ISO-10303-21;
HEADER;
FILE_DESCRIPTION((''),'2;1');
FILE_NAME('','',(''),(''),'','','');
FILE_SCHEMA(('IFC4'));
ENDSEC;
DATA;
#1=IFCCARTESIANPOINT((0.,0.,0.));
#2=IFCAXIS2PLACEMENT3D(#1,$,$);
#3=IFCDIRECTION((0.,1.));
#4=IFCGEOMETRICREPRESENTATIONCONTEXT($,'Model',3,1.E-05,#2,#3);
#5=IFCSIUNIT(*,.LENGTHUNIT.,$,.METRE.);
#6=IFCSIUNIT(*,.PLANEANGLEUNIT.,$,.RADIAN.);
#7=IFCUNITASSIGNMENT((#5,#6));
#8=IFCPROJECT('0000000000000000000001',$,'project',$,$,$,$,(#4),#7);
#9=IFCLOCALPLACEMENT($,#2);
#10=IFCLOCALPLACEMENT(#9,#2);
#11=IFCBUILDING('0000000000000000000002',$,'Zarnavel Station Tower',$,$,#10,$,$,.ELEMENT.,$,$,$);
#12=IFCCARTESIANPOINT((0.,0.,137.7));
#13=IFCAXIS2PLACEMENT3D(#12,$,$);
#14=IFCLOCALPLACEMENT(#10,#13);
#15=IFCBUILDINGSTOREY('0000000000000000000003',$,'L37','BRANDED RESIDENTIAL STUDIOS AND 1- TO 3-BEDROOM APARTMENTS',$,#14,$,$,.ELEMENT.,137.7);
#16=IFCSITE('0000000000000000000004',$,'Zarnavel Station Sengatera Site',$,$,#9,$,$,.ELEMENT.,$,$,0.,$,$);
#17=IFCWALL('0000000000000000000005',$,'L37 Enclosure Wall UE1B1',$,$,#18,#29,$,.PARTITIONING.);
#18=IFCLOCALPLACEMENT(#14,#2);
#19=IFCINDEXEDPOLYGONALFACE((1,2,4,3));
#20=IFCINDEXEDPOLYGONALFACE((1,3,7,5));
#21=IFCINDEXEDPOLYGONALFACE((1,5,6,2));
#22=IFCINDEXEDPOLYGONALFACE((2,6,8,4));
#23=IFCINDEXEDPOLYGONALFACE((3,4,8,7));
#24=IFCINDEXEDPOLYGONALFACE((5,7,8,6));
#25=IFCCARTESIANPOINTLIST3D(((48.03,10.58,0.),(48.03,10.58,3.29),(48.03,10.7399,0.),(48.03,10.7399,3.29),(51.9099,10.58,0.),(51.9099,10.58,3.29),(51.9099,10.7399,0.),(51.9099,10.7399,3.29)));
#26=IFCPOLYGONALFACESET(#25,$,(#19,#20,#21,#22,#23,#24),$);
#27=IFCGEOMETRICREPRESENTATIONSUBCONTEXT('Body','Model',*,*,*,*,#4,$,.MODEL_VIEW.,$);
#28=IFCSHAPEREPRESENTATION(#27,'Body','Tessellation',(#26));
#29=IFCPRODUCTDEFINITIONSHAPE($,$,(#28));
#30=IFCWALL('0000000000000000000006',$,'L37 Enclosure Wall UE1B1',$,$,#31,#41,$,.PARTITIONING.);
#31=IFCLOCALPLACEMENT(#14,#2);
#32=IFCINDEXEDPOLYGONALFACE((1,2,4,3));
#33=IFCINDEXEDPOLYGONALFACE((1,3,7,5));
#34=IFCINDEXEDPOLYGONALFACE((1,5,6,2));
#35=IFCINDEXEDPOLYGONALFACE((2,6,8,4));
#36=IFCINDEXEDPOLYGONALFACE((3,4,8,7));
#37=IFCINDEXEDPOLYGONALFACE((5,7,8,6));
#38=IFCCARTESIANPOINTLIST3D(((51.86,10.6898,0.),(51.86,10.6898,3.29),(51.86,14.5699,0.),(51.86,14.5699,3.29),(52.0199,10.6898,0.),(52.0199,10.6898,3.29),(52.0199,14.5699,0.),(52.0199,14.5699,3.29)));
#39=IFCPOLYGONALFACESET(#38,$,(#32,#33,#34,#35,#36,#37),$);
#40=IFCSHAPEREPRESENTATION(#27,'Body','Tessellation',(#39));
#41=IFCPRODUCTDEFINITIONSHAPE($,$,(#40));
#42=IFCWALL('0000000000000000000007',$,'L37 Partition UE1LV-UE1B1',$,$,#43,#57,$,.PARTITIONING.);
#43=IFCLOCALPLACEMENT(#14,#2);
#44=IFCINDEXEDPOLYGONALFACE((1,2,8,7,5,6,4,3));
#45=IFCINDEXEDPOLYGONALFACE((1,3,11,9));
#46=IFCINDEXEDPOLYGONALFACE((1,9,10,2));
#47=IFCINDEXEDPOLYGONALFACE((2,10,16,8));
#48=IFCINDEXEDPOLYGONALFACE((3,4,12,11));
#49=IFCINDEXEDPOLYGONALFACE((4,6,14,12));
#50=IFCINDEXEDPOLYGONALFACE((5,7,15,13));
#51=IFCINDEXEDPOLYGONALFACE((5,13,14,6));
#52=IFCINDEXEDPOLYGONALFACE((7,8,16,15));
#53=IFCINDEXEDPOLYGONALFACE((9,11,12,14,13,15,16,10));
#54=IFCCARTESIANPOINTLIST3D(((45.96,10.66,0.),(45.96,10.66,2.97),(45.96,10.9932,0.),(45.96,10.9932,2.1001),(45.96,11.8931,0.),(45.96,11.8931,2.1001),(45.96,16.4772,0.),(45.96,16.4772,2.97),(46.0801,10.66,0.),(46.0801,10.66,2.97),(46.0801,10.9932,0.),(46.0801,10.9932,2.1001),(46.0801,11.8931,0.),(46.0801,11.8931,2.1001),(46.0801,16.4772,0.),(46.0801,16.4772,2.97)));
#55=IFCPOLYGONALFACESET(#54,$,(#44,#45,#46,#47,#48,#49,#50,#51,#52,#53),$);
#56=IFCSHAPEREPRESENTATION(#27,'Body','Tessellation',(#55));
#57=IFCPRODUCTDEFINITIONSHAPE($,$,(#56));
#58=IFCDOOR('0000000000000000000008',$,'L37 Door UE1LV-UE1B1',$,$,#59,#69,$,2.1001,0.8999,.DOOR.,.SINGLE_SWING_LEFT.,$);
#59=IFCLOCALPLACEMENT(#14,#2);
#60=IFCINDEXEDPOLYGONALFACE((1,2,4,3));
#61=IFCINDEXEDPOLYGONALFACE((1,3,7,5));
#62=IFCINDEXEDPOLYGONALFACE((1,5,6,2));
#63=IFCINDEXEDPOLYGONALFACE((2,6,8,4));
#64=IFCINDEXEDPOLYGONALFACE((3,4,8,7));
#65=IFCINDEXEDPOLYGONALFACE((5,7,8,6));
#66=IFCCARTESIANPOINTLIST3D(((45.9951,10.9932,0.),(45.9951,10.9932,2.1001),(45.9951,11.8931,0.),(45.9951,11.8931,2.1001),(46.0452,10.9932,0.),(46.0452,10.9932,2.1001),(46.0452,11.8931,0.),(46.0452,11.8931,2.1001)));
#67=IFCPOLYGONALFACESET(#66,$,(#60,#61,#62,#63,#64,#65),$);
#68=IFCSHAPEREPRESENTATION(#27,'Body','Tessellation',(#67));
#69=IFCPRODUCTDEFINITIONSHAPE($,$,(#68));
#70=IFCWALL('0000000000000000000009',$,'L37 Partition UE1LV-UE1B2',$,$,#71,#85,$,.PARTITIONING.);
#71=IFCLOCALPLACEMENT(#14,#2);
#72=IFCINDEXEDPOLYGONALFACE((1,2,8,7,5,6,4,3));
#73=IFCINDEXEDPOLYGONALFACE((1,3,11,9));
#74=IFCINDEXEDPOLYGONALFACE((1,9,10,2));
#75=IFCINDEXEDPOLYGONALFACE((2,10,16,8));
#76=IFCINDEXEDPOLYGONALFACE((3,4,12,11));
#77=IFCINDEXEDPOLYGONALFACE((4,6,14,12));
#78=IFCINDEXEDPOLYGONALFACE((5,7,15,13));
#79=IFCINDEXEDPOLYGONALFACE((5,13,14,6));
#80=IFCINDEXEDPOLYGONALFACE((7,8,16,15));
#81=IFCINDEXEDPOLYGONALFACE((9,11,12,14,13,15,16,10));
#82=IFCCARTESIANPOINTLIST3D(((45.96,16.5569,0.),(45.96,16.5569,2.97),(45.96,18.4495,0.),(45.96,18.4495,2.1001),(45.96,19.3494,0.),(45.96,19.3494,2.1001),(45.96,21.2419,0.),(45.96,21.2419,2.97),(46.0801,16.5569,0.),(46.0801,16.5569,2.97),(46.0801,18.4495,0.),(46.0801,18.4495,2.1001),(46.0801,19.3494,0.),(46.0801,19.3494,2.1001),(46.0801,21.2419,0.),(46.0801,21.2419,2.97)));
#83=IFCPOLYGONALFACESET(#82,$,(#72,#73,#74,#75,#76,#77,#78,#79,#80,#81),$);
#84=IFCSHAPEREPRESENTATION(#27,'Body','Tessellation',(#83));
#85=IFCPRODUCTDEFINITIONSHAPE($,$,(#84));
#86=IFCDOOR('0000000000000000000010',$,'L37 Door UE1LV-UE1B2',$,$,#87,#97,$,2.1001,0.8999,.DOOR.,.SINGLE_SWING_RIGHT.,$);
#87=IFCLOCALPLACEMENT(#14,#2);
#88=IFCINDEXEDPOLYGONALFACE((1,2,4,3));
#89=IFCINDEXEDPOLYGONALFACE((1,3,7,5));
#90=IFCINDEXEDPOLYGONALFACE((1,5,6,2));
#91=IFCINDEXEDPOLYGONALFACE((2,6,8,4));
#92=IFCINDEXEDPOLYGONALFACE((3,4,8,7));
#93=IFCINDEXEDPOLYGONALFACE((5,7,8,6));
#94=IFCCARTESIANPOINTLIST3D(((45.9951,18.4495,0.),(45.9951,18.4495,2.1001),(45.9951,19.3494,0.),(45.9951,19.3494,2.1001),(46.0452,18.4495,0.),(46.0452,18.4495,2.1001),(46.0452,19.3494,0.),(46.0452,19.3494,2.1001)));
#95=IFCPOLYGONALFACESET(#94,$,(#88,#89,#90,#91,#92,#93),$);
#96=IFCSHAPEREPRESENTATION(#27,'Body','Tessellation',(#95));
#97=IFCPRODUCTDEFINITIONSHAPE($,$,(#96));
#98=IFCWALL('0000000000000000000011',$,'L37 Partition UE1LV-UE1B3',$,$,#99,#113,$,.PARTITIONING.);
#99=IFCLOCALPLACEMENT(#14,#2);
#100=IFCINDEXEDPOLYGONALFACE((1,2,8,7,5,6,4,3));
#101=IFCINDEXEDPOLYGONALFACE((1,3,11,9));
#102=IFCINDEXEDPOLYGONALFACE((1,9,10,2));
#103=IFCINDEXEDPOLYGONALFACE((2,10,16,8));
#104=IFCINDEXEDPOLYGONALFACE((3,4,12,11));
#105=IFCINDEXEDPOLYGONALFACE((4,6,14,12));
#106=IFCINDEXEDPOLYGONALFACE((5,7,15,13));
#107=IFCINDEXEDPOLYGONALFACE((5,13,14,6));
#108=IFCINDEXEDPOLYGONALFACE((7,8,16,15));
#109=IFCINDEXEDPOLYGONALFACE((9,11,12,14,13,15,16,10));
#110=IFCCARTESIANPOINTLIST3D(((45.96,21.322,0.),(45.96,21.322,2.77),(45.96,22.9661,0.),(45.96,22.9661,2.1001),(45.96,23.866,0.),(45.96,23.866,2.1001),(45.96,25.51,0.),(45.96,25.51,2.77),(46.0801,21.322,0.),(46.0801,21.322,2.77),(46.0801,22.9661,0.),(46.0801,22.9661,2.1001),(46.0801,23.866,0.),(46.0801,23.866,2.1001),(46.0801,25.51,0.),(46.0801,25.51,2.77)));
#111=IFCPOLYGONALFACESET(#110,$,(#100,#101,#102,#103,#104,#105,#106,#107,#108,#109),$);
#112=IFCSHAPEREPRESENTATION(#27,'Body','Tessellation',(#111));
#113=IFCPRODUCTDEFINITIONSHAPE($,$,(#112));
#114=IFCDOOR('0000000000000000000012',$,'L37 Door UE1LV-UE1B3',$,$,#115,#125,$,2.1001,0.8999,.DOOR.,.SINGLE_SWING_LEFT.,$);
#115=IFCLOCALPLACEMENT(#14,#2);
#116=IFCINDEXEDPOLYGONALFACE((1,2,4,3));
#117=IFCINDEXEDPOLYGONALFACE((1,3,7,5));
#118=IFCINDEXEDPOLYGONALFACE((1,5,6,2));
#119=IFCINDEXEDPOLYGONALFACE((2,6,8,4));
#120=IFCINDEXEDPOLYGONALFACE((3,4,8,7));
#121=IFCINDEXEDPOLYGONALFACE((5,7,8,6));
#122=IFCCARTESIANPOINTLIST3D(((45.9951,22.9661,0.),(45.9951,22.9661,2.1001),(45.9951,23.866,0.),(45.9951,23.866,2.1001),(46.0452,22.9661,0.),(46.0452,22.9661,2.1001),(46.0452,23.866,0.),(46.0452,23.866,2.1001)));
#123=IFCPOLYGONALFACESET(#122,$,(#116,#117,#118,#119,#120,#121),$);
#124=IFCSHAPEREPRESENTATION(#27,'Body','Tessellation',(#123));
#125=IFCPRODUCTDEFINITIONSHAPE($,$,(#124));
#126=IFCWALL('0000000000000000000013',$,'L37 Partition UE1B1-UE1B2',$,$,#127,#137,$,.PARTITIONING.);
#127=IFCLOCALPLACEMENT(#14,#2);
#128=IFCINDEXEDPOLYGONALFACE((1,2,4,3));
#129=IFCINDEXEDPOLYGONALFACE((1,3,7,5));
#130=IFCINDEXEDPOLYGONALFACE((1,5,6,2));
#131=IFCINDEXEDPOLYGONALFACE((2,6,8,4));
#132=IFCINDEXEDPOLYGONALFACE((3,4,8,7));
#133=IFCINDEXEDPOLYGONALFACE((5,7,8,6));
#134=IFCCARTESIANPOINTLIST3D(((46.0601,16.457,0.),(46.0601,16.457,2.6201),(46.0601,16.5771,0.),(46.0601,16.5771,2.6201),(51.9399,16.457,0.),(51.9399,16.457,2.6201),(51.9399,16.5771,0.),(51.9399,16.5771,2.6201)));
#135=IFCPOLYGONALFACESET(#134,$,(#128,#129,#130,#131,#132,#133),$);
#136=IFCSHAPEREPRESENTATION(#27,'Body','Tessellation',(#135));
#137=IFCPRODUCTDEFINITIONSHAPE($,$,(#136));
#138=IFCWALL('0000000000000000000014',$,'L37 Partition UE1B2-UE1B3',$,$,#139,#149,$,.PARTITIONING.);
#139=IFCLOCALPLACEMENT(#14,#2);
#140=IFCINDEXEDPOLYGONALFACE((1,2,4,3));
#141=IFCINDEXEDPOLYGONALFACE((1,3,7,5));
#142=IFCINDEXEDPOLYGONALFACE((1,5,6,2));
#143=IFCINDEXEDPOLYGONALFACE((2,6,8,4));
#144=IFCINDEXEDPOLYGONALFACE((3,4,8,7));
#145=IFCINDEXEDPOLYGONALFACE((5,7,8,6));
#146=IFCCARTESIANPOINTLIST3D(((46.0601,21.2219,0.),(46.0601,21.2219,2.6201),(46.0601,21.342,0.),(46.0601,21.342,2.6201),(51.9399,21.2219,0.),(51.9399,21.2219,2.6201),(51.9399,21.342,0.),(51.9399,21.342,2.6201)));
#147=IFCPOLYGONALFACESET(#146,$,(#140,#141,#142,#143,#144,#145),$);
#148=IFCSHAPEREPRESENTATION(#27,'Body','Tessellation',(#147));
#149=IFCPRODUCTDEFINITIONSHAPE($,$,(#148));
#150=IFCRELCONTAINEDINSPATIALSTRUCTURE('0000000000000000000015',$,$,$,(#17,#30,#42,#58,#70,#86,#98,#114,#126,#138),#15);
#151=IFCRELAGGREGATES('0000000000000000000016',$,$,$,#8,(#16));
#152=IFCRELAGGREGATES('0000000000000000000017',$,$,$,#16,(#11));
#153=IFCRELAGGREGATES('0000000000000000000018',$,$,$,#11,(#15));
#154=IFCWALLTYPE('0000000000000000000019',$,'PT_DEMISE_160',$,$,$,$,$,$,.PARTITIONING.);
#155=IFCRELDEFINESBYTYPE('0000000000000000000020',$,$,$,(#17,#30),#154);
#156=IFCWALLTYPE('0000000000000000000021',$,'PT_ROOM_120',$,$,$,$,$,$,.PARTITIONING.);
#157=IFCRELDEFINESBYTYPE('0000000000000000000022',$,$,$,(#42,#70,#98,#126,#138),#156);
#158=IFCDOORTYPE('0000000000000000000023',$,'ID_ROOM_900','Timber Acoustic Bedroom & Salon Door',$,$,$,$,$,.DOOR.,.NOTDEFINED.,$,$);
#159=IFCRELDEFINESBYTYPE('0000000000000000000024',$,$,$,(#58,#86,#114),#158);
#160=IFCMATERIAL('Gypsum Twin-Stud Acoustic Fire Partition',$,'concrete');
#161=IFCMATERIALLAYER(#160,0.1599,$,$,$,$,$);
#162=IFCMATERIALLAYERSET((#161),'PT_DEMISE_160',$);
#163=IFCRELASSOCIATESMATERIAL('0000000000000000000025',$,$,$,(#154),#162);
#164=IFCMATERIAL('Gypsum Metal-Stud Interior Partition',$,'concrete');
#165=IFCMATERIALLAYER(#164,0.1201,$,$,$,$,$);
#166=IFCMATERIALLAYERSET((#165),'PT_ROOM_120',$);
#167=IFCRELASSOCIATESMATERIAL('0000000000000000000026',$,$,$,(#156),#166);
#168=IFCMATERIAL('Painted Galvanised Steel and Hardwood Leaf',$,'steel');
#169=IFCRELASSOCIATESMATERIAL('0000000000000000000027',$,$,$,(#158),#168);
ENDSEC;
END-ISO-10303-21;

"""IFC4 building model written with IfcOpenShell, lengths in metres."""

from ifc_helpers import new_model, si_unit, direction, frame, frame_2d, origin, place, context, subcontext, project, spatial, rectangle, extrude, material, layer, layer_set, type_object, element, fill, save


model = new_model("IFC4")

# Units and contexts
model_context = context("Model", 3, precision=1e-05, world=origin(), true_north=direction((0.0, 1.0)))
body_context = subcontext(model_context, "Body", "Model", "MODEL_VIEW")
ifc_project = project(units=[si_unit("LENGTHUNIT", "METRE"), si_unit("PLANEANGLEUNIT", "RADIAN")], contexts=[model_context])

# Site, building, storey
site_placement = place(None, origin())
site = spatial("IfcSite", under=ifc_project, at=site_placement, Name="Zarnavel Station Sengatera Site", CompositionType="ELEMENT", RefElevation=0.0)
building_placement = place(site_placement, origin())
building = spatial("IfcBuilding", under=site, at=building_placement, Name="Zarnavel Station Tower", CompositionType="ELEMENT")
storey_placement = place(building_placement, frame((0.0, 0.0, 137.7)))
storey = spatial("IfcBuildingStorey", under=building, at=storey_placement, Name="L37", Description="BRANDED RESIDENTIAL STUDIOS AND 1- TO 3-BEDROOM APARTMENTS", CompositionType="ELEMENT", Elevation=137.7)

# Walls
ifc_material_1 = material(Name="Gypsum Twin-Stud Acoustic Fire Partition", Category="concrete")
ifc_layer_1 = layer(ifc_material_1, 0.1599)
ifc_layer_set_1 = layer_set([ifc_layer_1], Name="PT_DEMISE_160")
wall_type_1 = type_object("IfcWallType", Name="PT_DEMISE_160", PredefinedType="PARTITIONING", material=ifc_layer_set_1)
wall_1_placement = place(storey_placement, frame((48.03, 10.6599, 0.0), z_axis=(0.0, 0.0, 1.0), x_axis=(1.0, 0.0, 0.0)))
element("IfcWall", 1, at=wall_1_placement, inside=storey, type_object=wall_type_1, Name="L37 Enclosure Wall UE1B1", PredefinedType="PARTITIONING", context=body_context, shape_type="SweptSolid", body=[
    extrude(rectangle(XDim=3.8799, YDim=0.1599, at=frame_2d((1.9399, 0.0))), origin(), (0.0, 0.0, 1.0), 3.29),
])
wall_2_placement = place(storey_placement, frame((51.9399, 10.6899, 0.0), z_axis=(0.0, 0.0, 1.0), x_axis=(0.0, 1.0, 0.0)))
element("IfcWall", 2, at=wall_2_placement, inside=storey, type_object=wall_type_1, Name="L37 Enclosure Wall UE1B1", PredefinedType="PARTITIONING", context=body_context, shape_type="SweptSolid", body=[
    extrude(rectangle(XDim=3.8801, YDim=0.1599, at=frame_2d((1.9399, 0.0))), origin(), (0.0, 0.0, 1.0), 3.29),
])

# Walls, openings, doors
ifc_material_2 = material(Name="Gypsum Metal-Stud Interior Partition", Category="concrete")
ifc_layer_2 = layer(ifc_material_2, 0.1201)
ifc_layer_set_2 = layer_set([ifc_layer_2], Name="PT_ROOM_120")
wall_type_2 = type_object("IfcWallType", Name="PT_ROOM_120", PredefinedType="PARTITIONING", material=ifc_layer_set_2)
wall_3_placement = place(storey_placement, frame((46.02, 10.6599, 0.0), z_axis=(0.0, 0.0, 1.0), x_axis=(0.0, 1.0, 0.0)))
wall_3 = element("IfcWall", 3, at=wall_3_placement, inside=storey, type_object=wall_type_2, Name="L37 Partition UE1LV-UE1B1", PredefinedType="PARTITIONING", context=body_context, shape_type="SweptSolid", body=[
    extrude(rectangle(XDim=5.8171, YDim=0.1201, at=frame_2d((2.9087, 0.0))), origin(), (0.0, 0.0, 1.0), 2.97),
])
opening_1_placement = place(wall_3_placement, frame((0.3333, 0.0, 0.0)))
opening_1 = element("IfcOpeningElement", 4, at=opening_1_placement, cuts=wall_3, PredefinedType="OPENING", context=body_context, shape_type="SweptSolid", body=[
    extrude(rectangle(XDim=0.8999, YDim=2.1001, at=frame_2d((0.45, 1.05))), frame((0.0, 0.0701, 0.0), z_axis=(0.0, -1.0, 0.0), x_axis=(1.0, 0.0, 0.0)), (0.0, 0.0, 1.0), 0.1401),
])
ifc_material_3 = material(Name="Painted Galvanised Steel and Hardwood Leaf", Category="steel")
door_type = type_object("IfcDoorType", Name="ID_ROOM_900", Description="Timber Acoustic Bedroom & Salon Door", OperationType="NOTDEFINED", PredefinedType="DOOR", material=ifc_material_3)
door_1_placement = place(opening_1_placement, origin())
door_1 = element("IfcDoor", 5, at=door_1_placement, inside=storey, type_object=door_type, Name="L37 Door UE1LV-UE1B1", OperationType="SINGLE_SWING_LEFT", OverallHeight=2.1001, OverallWidth=0.8999, PredefinedType="DOOR", context=body_context, shape_type="SweptSolid", body=[
    extrude(rectangle(XDim=0.8999, YDim=2.1001, at=frame_2d((0.45, 1.05))), frame((0.0, 0.0249, 0.0), z_axis=(0.0, -1.0, 0.0), x_axis=(1.0, 0.0, 0.0)), (0.0, 0.0, 1.0), 0.05),
])
fill(opening_1, door_1)
wall_4_placement = place(storey_placement, frame((46.02, 16.5569, 0.0), z_axis=(0.0, 0.0, 1.0), x_axis=(0.0, 1.0, 0.0)))
wall_4 = element("IfcWall", 6, at=wall_4_placement, inside=storey, type_object=wall_type_2, Name="L37 Partition UE1LV-UE1B2", PredefinedType="PARTITIONING", context=body_context, shape_type="SweptSolid", body=[
    extrude(rectangle(XDim=4.6851, YDim=0.1201, at=frame_2d((2.3425, 0.0))), origin(), (0.0, 0.0, 1.0), 2.97),
])
opening_2_placement = place(wall_4_placement, frame((1.8926, 0.0, 0.0)))
opening_2 = element("IfcOpeningElement", 7, at=opening_2_placement, cuts=wall_4, PredefinedType="OPENING", context=body_context, shape_type="SweptSolid", body=[
    extrude(rectangle(XDim=0.8999, YDim=2.1001, at=frame_2d((0.45, 1.05))), frame((0.0, 0.0701, 0.0), z_axis=(0.0, -1.0, 0.0), x_axis=(1.0, 0.0, 0.0)), (0.0, 0.0, 1.0), 0.1401),
])
door_2_placement = place(opening_2_placement, origin())
door_2 = element("IfcDoor", 8, at=door_2_placement, inside=storey, type_object=door_type, Name="L37 Door UE1LV-UE1B2", OperationType="SINGLE_SWING_RIGHT", OverallHeight=2.1001, OverallWidth=0.8999, PredefinedType="DOOR", context=body_context, shape_type="SweptSolid", body=[
    extrude(rectangle(XDim=0.8999, YDim=2.1001, at=frame_2d((0.45, 1.05))), frame((0.0, 0.0249, 0.0), z_axis=(0.0, -1.0, 0.0), x_axis=(1.0, 0.0, 0.0)), (0.0, 0.0, 1.0), 0.05),
])
fill(opening_2, door_2)
wall_5_placement = place(storey_placement, frame((46.02, 21.322, 0.0), z_axis=(0.0, 0.0, 1.0), x_axis=(0.0, 1.0, 0.0)))
wall_5 = element("IfcWall", 9, at=wall_5_placement, inside=storey, type_object=wall_type_2, Name="L37 Partition UE1LV-UE1B3", PredefinedType="PARTITIONING", context=body_context, shape_type="SweptSolid", body=[
    extrude(rectangle(XDim=4.188, YDim=0.1201, at=frame_2d((2.094, 0.0))), origin(), (0.0, 0.0, 1.0), 2.77),
])
opening_3_placement = place(wall_5_placement, frame((1.644, 0.0, 0.0)))
opening_3 = element("IfcOpeningElement", 10, at=opening_3_placement, cuts=wall_5, PredefinedType="OPENING", context=body_context, shape_type="SweptSolid", body=[
    extrude(rectangle(XDim=0.8999, YDim=2.1001, at=frame_2d((0.45, 1.05))), frame((0.0, 0.0701, 0.0), z_axis=(0.0, -1.0, 0.0), x_axis=(1.0, 0.0, 0.0)), (0.0, 0.0, 1.0), 0.1401),
])
door_3_placement = place(opening_3_placement, origin())
door_3 = element("IfcDoor", 11, at=door_3_placement, inside=storey, type_object=door_type, Name="L37 Door UE1LV-UE1B3", OperationType="SINGLE_SWING_LEFT", OverallHeight=2.1001, OverallWidth=0.8999, PredefinedType="DOOR", context=body_context, shape_type="SweptSolid", body=[
    extrude(rectangle(XDim=0.8999, YDim=2.1001, at=frame_2d((0.45, 1.05))), frame((0.0, 0.0249, 0.0), z_axis=(0.0, -1.0, 0.0), x_axis=(1.0, 0.0, 0.0)), (0.0, 0.0, 1.0), 0.05),
])
fill(opening_3, door_3)

# Walls
for number, where, z_axis, x_axis, name in (
    (12, (46.0601, 16.5171, 0.0), (0.0, 0.0, 1.0), (1.0, 0.0, 0.0), "L37 Partition UE1B1-UE1B2"),
    (13, (46.0601, 21.282, 0.0), (0.0, 0.0, 1.0), (1.0, 0.0, 0.0), "L37 Partition UE1B2-UE1B3"),
):
    element("IfcWall", number, at=place(storey_placement, frame(where, z_axis=z_axis, x_axis=x_axis)), inside=storey, type_object=wall_type_2, Name=name, PredefinedType="PARTITIONING", context=body_context, shape_type="SweptSolid", body=[
        extrude(rectangle(XDim=5.8799, YDim=0.1201, at=frame_2d((2.9399, 0.0))), origin(), (0.0, 0.0, 1.0), 2.6201),
    ])

save(model, "model.ifc")
